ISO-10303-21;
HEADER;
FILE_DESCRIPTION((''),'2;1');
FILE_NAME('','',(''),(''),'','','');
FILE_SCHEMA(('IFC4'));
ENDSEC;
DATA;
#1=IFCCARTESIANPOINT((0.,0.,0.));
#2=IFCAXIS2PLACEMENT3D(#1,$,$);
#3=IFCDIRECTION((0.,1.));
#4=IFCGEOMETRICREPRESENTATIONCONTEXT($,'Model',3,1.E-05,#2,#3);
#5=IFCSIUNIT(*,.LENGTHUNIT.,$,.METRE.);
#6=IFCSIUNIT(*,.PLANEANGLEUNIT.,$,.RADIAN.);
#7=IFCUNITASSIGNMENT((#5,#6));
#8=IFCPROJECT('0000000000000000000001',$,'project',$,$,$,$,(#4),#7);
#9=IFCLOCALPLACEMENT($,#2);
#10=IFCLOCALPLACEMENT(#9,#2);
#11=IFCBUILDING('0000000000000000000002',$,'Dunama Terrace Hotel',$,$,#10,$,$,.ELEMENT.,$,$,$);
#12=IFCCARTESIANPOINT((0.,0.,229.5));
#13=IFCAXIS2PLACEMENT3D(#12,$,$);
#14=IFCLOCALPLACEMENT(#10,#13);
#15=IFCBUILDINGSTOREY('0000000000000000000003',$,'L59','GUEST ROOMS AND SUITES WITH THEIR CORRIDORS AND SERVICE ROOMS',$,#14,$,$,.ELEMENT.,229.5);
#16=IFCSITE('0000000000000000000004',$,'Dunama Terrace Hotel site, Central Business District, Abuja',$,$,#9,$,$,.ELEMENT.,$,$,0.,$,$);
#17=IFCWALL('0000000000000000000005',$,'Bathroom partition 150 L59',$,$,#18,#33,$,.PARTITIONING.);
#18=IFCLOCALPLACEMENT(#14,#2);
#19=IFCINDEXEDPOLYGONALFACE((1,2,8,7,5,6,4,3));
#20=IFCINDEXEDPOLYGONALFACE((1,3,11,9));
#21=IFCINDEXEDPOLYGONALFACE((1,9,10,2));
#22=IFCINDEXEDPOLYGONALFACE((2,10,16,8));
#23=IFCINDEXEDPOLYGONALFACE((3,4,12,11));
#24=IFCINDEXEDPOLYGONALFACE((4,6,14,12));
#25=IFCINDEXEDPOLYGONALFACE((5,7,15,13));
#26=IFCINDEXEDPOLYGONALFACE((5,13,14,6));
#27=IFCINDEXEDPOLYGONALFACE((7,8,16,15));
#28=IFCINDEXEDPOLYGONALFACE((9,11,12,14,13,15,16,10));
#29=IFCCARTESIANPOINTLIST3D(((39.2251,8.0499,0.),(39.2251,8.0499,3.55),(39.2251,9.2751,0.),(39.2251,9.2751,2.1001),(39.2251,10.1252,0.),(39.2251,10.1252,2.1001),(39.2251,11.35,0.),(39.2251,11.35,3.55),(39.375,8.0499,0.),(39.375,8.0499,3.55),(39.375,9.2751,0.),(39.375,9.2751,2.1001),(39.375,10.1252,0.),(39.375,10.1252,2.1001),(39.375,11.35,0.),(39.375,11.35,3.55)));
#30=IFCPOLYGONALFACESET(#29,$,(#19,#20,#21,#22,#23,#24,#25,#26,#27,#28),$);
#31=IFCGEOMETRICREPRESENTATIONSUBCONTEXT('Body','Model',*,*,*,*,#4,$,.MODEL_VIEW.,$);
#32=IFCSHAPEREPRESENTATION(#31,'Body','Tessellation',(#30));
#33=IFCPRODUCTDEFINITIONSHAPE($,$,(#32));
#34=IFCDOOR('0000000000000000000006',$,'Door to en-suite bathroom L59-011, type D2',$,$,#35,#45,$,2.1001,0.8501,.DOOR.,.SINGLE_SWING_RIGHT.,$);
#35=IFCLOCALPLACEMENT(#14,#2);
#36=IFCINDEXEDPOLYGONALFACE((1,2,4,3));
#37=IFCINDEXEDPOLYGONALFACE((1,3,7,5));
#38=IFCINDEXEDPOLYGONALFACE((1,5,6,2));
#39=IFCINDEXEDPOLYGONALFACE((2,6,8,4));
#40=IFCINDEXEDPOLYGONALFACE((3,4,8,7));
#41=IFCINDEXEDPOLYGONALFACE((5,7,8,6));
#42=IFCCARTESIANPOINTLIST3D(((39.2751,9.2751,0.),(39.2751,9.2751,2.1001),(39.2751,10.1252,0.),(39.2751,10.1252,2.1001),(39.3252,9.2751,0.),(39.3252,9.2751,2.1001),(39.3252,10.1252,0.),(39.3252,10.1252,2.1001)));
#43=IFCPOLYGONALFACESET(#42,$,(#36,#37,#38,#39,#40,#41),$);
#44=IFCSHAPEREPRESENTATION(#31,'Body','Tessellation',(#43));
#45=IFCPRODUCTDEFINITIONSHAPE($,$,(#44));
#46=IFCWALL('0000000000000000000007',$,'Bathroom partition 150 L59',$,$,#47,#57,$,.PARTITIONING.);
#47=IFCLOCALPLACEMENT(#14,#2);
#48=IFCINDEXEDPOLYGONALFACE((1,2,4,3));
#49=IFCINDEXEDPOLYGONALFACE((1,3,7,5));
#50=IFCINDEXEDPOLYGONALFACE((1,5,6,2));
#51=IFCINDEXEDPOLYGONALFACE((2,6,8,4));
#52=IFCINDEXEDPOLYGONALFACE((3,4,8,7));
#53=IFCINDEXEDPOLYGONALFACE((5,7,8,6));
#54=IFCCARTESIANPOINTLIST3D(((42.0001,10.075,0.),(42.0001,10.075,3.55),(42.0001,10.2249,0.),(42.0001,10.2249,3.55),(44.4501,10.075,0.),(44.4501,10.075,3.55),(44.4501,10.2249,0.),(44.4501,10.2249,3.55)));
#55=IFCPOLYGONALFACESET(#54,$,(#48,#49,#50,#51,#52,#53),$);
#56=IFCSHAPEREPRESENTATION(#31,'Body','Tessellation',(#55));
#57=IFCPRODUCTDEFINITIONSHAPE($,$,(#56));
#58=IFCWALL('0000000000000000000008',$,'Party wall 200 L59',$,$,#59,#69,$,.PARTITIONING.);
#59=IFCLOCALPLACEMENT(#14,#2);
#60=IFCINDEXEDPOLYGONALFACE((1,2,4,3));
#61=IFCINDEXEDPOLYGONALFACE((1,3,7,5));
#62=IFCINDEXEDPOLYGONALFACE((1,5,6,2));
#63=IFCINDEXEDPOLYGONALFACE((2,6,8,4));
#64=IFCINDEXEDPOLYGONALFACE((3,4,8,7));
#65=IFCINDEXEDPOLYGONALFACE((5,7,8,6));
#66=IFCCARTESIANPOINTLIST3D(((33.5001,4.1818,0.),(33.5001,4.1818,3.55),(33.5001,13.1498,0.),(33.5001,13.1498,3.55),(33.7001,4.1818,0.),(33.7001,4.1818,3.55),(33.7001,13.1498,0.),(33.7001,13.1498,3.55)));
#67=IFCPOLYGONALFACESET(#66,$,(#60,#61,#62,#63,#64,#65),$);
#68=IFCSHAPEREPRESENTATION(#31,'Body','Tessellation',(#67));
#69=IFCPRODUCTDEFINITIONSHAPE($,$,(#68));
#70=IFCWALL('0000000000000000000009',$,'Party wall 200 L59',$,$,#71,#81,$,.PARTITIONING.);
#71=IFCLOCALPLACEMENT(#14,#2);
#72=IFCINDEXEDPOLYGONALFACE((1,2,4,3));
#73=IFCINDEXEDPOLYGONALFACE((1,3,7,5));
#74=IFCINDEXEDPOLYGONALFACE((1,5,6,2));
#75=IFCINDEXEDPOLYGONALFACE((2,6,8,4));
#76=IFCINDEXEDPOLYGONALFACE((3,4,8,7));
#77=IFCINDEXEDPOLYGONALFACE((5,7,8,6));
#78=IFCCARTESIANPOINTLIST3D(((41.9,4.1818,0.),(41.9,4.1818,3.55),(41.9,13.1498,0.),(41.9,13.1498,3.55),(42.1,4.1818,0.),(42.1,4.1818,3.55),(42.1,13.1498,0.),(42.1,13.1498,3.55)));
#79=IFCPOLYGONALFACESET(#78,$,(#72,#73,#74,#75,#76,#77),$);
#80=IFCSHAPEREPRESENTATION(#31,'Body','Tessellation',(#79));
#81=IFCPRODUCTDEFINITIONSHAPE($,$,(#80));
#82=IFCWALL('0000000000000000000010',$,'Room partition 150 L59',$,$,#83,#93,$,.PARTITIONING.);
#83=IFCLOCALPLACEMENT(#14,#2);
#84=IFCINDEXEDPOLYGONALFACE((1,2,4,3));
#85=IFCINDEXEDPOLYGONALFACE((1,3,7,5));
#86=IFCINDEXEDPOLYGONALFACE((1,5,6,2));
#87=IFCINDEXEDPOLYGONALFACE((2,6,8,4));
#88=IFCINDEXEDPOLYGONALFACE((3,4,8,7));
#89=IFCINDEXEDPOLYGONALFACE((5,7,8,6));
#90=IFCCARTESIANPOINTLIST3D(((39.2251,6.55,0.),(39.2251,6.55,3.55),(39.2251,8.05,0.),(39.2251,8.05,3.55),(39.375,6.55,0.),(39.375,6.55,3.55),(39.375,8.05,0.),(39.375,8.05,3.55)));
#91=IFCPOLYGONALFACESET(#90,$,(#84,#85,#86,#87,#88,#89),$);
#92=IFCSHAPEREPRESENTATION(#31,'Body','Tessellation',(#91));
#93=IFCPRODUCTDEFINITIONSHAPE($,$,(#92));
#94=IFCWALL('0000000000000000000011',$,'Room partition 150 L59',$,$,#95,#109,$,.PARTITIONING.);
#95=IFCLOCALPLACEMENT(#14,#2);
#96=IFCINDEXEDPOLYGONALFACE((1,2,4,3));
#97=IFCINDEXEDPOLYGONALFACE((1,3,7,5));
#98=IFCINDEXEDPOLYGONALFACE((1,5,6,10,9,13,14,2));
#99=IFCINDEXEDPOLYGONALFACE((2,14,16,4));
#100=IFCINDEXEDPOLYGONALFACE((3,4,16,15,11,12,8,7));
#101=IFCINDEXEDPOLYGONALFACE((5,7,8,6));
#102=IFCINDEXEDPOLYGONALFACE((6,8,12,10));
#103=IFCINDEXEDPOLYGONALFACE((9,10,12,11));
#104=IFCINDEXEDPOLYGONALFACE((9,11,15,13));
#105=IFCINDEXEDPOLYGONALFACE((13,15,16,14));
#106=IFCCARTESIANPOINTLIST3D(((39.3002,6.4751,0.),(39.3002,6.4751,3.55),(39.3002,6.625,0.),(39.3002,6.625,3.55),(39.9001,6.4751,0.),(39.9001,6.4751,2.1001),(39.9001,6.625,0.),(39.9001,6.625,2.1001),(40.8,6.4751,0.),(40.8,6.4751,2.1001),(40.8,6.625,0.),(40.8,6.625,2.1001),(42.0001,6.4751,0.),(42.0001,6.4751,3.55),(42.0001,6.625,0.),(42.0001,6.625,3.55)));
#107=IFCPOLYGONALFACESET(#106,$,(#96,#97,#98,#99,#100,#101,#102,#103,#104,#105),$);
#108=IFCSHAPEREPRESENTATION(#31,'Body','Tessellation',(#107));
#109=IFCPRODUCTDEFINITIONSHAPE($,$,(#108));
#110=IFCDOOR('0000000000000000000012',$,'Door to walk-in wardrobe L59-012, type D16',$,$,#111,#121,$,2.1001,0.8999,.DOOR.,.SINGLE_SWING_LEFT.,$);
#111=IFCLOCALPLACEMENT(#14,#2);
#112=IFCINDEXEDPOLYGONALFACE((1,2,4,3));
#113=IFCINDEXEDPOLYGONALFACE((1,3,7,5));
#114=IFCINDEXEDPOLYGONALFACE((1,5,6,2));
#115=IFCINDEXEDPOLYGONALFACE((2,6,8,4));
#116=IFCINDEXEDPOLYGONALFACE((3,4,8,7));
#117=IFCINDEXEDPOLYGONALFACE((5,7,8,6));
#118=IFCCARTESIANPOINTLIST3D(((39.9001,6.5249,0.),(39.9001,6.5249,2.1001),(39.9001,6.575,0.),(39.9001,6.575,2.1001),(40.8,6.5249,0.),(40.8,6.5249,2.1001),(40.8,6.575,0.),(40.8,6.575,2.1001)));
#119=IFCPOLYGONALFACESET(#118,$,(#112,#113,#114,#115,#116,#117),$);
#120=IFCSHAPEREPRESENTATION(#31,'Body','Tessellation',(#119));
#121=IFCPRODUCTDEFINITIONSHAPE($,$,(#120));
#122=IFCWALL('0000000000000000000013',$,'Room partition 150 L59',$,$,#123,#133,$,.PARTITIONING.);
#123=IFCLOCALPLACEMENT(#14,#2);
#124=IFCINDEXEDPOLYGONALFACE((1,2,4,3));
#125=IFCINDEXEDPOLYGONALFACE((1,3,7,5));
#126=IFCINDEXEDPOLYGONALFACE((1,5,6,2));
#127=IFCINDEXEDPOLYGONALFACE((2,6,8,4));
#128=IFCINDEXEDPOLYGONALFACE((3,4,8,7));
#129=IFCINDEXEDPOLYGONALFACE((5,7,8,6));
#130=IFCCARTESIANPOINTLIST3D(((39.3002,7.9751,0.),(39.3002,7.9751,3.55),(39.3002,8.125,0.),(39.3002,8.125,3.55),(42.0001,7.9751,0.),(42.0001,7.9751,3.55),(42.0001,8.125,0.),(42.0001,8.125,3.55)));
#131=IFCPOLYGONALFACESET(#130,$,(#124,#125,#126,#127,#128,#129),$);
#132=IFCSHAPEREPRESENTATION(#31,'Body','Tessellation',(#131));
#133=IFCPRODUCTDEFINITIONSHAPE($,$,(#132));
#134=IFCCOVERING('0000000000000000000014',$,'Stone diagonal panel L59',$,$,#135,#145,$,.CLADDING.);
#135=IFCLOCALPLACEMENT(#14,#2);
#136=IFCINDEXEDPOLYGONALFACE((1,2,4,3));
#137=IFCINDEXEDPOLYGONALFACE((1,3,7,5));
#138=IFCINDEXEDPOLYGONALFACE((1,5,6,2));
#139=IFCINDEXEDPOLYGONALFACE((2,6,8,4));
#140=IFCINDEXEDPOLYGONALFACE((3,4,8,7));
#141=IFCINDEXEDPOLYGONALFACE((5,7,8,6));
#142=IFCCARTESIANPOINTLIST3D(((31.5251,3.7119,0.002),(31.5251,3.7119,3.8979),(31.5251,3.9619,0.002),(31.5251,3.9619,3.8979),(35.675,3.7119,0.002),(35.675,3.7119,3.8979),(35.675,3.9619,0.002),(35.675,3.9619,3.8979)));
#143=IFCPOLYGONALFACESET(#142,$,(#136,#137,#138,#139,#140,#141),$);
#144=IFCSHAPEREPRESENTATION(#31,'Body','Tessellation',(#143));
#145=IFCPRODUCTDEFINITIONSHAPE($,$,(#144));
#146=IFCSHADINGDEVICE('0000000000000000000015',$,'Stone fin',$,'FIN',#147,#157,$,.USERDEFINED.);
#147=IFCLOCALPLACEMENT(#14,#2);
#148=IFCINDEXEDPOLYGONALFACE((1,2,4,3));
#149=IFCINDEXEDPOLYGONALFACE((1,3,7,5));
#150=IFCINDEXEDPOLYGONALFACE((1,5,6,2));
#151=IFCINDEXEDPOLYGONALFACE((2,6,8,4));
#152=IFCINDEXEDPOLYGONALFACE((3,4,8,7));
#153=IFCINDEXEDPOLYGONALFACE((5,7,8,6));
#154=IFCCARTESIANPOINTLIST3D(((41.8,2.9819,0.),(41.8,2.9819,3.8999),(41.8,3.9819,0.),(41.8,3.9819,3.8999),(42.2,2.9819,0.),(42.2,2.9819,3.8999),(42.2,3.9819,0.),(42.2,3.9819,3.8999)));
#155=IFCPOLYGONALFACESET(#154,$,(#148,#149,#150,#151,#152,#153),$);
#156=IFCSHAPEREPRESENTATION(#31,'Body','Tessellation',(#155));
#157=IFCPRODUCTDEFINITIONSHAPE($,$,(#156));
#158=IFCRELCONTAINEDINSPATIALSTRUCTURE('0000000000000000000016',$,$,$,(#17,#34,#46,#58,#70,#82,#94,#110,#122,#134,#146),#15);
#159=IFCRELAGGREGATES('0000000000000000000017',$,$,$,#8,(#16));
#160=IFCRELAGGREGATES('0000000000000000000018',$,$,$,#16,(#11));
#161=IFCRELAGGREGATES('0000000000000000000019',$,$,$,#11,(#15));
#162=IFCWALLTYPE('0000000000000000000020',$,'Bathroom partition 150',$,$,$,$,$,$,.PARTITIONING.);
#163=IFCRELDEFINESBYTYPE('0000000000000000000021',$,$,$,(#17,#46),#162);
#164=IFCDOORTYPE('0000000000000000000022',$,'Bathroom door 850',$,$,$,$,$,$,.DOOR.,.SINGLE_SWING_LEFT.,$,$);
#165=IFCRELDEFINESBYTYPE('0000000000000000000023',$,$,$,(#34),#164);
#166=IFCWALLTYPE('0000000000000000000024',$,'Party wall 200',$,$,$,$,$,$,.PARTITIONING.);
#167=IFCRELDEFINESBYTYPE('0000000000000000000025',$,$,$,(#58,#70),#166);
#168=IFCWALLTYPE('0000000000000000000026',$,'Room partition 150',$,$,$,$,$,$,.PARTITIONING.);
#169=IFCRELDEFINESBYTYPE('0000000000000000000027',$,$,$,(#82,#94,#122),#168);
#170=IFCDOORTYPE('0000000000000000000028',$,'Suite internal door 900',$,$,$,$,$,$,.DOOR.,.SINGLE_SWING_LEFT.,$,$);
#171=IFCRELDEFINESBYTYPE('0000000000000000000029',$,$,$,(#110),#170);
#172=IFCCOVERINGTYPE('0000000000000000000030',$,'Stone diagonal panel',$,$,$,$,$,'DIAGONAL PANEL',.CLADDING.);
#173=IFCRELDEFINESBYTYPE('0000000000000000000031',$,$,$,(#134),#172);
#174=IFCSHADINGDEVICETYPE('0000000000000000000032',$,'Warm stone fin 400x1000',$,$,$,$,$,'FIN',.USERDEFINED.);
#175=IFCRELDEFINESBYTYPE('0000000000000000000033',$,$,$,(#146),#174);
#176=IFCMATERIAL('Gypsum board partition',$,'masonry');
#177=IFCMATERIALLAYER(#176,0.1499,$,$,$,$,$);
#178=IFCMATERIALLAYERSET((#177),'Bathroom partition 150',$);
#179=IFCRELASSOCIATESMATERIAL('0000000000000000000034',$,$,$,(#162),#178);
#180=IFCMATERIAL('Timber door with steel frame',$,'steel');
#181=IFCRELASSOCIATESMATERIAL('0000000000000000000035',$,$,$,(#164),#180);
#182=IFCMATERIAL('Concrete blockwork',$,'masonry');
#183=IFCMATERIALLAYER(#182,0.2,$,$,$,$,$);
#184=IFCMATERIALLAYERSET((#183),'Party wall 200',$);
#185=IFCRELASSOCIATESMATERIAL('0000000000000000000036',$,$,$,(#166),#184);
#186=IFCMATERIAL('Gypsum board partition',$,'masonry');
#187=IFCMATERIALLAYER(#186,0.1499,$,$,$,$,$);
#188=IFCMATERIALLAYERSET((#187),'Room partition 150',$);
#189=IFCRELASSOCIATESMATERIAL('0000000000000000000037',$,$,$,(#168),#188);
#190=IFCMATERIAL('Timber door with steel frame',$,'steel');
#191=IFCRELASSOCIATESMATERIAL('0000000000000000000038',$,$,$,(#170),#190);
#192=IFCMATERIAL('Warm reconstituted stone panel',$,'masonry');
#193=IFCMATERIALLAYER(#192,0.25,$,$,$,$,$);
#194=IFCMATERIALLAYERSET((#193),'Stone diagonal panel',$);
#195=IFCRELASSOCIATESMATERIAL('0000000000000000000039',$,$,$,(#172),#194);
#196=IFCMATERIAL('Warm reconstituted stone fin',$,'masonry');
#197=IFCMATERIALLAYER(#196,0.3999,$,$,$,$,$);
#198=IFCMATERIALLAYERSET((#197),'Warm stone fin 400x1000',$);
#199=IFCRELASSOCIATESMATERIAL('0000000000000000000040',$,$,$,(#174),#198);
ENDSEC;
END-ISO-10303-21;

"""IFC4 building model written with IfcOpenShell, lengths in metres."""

from ifc_helpers import new_model, si_unit, direction, frame, frame_2d, origin, origin_2d, place, context, subcontext, project, spatial, rectangle, extrude, material, layer, layer_set, type_object, element, fill, save


model = new_model("IFC4")

# Units and contexts
model_context = context("Model", 3, precision=1e-05, world=origin(), true_north=direction((0.0, 1.0)))
body_context = subcontext(model_context, "Body", "Model", "MODEL_VIEW")
ifc_project = project(units=[si_unit("LENGTHUNIT", "METRE"), si_unit("PLANEANGLEUNIT", "RADIAN")], contexts=[model_context])

# Site, building, storey
site_placement = place(None, origin())
site = spatial("IfcSite", under=ifc_project, at=site_placement, Name="Dunama Terrace Hotel site, Central Business District, Abuja", CompositionType="ELEMENT", RefElevation=0.0)
building_placement = place(site_placement, origin())
building = spatial("IfcBuilding", under=site, at=building_placement, Name="Dunama Terrace Hotel", CompositionType="ELEMENT")
storey_placement = place(building_placement, frame((0.0, 0.0, 229.5)))
storey = spatial("IfcBuildingStorey", under=building, at=storey_placement, Name="L59", Description="GUEST ROOMS AND SUITES WITH THEIR CORRIDORS AND SERVICE ROOMS", CompositionType="ELEMENT", Elevation=229.5)

# Wall, opening, door
ifc_material_1 = material(Name="Gypsum board partition", Category="masonry")
ifc_layer_1 = layer(ifc_material_1, 0.1499)
ifc_layer_set_1 = layer_set([ifc_layer_1], Name="Bathroom partition 150")
wall_type_1 = type_object("IfcWallType", Name="Bathroom partition 150", PredefinedType="PARTITIONING", material=ifc_layer_set_1)
wall_1_placement = place(storey_placement, frame((39.3, 8.05, 0.0), z_axis=(0.0, 0.0, 1.0), x_axis=(0.0, 1.0, 0.0)))
wall_1 = element("IfcWall", 1, at=wall_1_placement, inside=storey, type_object=wall_type_1, Name="Bathroom partition 150 L59", PredefinedType="PARTITIONING", context=body_context, shape_type="SweptSolid", body=[
    extrude(rectangle(XDim=3.3, YDim=0.1499, at=frame_2d((1.6499, 0.0))), origin(), (0.0, 0.0, 1.0), 3.55),
])
opening_1_placement = place(wall_1_placement, frame((1.2251, 0.0, 0.0)))
opening_1 = element("IfcOpeningElement", 2, at=opening_1_placement, cuts=wall_1, PredefinedType="OPENING", context=body_context, shape_type="SweptSolid", body=[
    extrude(rectangle(XDim=0.8501, YDim=2.1001, at=frame_2d((0.425, 1.05))), frame((0.0, 0.085, 0.0), z_axis=(0.0, -1.0, 0.0), x_axis=(1.0, 0.0, 0.0)), (0.0, 0.0, 1.0), 0.1699),
])
ifc_material_2 = material(Name="Timber door with steel frame", Category="steel")
door_type_1 = type_object("IfcDoorType", Name="Bathroom door 850", OperationType="SINGLE_SWING_LEFT", PredefinedType="DOOR", material=ifc_material_2)
door_1_placement = place(opening_1_placement, frame((0.8501, 0.0, 0.0), z_axis=(0.0, 0.0, 1.0), x_axis=(-1.0, 0.0, 0.0)))
door_1 = element("IfcDoor", 3, at=door_1_placement, inside=storey, type_object=door_type_1, Name="Door to en-suite bathroom L59-011, type D2", OperationType="SINGLE_SWING_RIGHT", OverallHeight=2.1001, OverallWidth=0.8501, PredefinedType="DOOR", context=body_context, shape_type="SweptSolid", body=[
    extrude(rectangle(XDim=0.8501, YDim=2.1001, at=frame_2d((0.425, 1.05))), frame((0.0, 0.0251, 0.0), z_axis=(0.0, -1.0, 0.0), x_axis=(1.0, 0.0, 0.0)), (0.0, 0.0, 1.0), 0.05),
])
fill(opening_1, door_1)

# Walls
wall_2_placement = place(storey_placement, frame((42.0, 10.1499, 0.0), z_axis=(0.0, 0.0, 1.0), x_axis=(1.0, 0.0, 0.0)))
element("IfcWall", 4, at=wall_2_placement, inside=storey, type_object=wall_type_1, Name="Bathroom partition 150 L59", PredefinedType="PARTITIONING", context=body_context, shape_type="SweptSolid", body=[
    extrude(rectangle(XDim=2.45, YDim=0.1499, at=frame_2d((1.2251, 0.0))), origin(), (0.0, 0.0, 1.0), 3.55),
])
ifc_material_3 = material(Name="Concrete blockwork", Category="masonry")
ifc_layer_2 = layer(ifc_material_3, 0.2)
ifc_layer_set_2 = layer_set([ifc_layer_2], Name="Party wall 200")
wall_type_2 = type_object("IfcWallType", Name="Party wall 200", PredefinedType="PARTITIONING", material=ifc_layer_set_2)
for number, where, z_axis, x_axis, name in (
    (5, (33.6001, 4.1819, 0.0), (0.0, 0.0, 1.0), (0.0, 1.0, 0.0), "Party wall 200 L59"),
    (6, (42.0, 4.1819, 0.0), (0.0, 0.0, 1.0), (0.0, 1.0, 0.0), "Party wall 200 L59"),
):
    element("IfcWall", number, at=place(storey_placement, frame(where, z_axis=z_axis, x_axis=x_axis)), inside=storey, type_object=wall_type_2, Name=name, PredefinedType="PARTITIONING", context=body_context, shape_type="SweptSolid", body=[
        extrude(rectangle(XDim=8.968, YDim=0.2, at=frame_2d((4.4839, 0.0))), origin(), (0.0, 0.0, 1.0), 3.55),
    ])
ifc_material_4 = material(Name="Gypsum board partition", Category="masonry")
ifc_layer_3 = layer(ifc_material_4, 0.1499)
ifc_layer_set_3 = layer_set([ifc_layer_3], Name="Room partition 150")
wall_type_3 = type_object("IfcWallType", Name="Room partition 150", PredefinedType="PARTITIONING", material=ifc_layer_set_3)
wall_3_placement = place(storey_placement, frame((39.3, 6.55, 0.0), z_axis=(0.0, 0.0, 1.0), x_axis=(0.0, 1.0, 0.0)))
element("IfcWall", 7, at=wall_3_placement, inside=storey, type_object=wall_type_3, Name="Room partition 150 L59", PredefinedType="PARTITIONING", context=body_context, shape_type="SweptSolid", body=[
    extrude(rectangle(XDim=1.5, YDim=0.1499, at=frame_2d((0.75, 0.0))), origin(), (0.0, 0.0, 1.0), 3.55),
])

# Wall, opening, door
wall_4_placement = place(storey_placement, frame((39.3, 6.55, 0.0), z_axis=(0.0, 0.0, 1.0), x_axis=(1.0, 0.0, 0.0)))
wall_4 = element("IfcWall", 8, at=wall_4_placement, inside=storey, type_object=wall_type_3, Name="Room partition 150 L59", PredefinedType="PARTITIONING", context=body_context, shape_type="SweptSolid", body=[
    extrude(rectangle(XDim=2.7, YDim=0.1499, at=frame_2d((1.3501, 0.0))), origin(), (0.0, 0.0, 1.0), 3.55),
])
opening_2_placement = place(wall_4_placement, frame((0.6001, 0.0, 0.0)))
opening_2 = element("IfcOpeningElement", 9, at=opening_2_placement, cuts=wall_4, PredefinedType="OPENING", context=body_context, shape_type="SweptSolid", body=[
    extrude(rectangle(XDim=0.8999, YDim=2.1001, at=frame_2d((0.45, 1.05))), frame((0.0, 0.085, 0.0), z_axis=(0.0, -1.0, 0.0), x_axis=(1.0, 0.0, 0.0)), (0.0, 0.0, 1.0), 0.1699),
])
ifc_material_5 = material(Name="Timber door with steel frame", Category="steel")
door_type_2 = type_object("IfcDoorType", Name="Suite internal door 900", OperationType="SINGLE_SWING_LEFT", PredefinedType="DOOR", material=ifc_material_5)
door_2_placement = place(opening_2_placement, origin())
door_2 = element("IfcDoor", 10, at=door_2_placement, inside=storey, type_object=door_type_2, Name="Door to walk-in wardrobe L59-012, type D16", OperationType="SINGLE_SWING_LEFT", OverallHeight=2.1001, OverallWidth=0.8999, PredefinedType="DOOR", context=body_context, shape_type="SweptSolid", body=[
    extrude(rectangle(XDim=0.8999, YDim=2.1001, at=frame_2d((0.45, 1.05))), frame((0.0, 0.0249, 0.0), z_axis=(0.0, -1.0, 0.0), x_axis=(1.0, 0.0, 0.0)), (0.0, 0.0, 1.0), 0.05),
])
fill(opening_2, door_2)

# Wall
wall_5_placement = place(storey_placement, frame((39.3, 8.05, 0.0), z_axis=(0.0, 0.0, 1.0), x_axis=(1.0, 0.0, 0.0)))
element("IfcWall", 11, at=wall_5_placement, inside=storey, type_object=wall_type_3, Name="Room partition 150 L59", PredefinedType="PARTITIONING", context=body_context, shape_type="SweptSolid", body=[
    extrude(rectangle(XDim=2.7, YDim=0.1499, at=frame_2d((1.3501, 0.0))), origin(), (0.0, 0.0, 1.0), 3.55),
])

# Covering
ifc_material_6 = material(Name="Warm reconstituted stone panel", Category="masonry")
ifc_layer_4 = layer(ifc_material_6, 0.25)
ifc_layer_set_4 = layer_set([ifc_layer_4], Name="Stone diagonal panel")
covering_type = type_object("IfcCoveringType", Name="Stone diagonal panel", ElementType="DIAGONAL PANEL", PredefinedType="CLADDING", material=ifc_layer_set_4)
covering_placement = place(storey_placement, frame((33.6001, 3.8369, 0.002), z_axis=(0.0, 0.0, 1.0), x_axis=(1.0, 0.0, 0.0)))
element("IfcCovering", 12, at=covering_placement, inside=storey, type_object=covering_type, Name="Stone diagonal panel L59", PredefinedType="CLADDING", context=body_context, shape_type="SweptSolid", body=[
    extrude(rectangle(XDim=4.1499, YDim=0.25, at=origin_2d()), origin(), (0.0, 0.0, 1.0), 3.896),
])

# Shading device
ifc_material_7 = material(Name="Warm reconstituted stone fin", Category="masonry")
ifc_layer_5 = layer(ifc_material_7, 0.3999)
ifc_layer_set_5 = layer_set([ifc_layer_5], Name="Warm stone fin 400x1000")
shading_device_type = type_object("IfcShadingDeviceType", Name="Warm stone fin 400x1000", ElementType="FIN", PredefinedType="USERDEFINED", material=ifc_layer_set_5)
shading_device_placement = place(storey_placement, frame((42.0, 3.4819, 0.0), z_axis=(0.0, 0.0, 1.0), x_axis=(1.0, 0.0, 0.0)))
element("IfcShadingDevice", 13, at=shading_device_placement, inside=storey, type_object=shading_device_type, Name="Stone fin", ObjectType="FIN", PredefinedType="USERDEFINED", context=body_context, shape_type="SweptSolid", body=[
    extrude(rectangle(XDim=0.3999, YDim=1.0, at=origin_2d()), origin(), (0.0, 0.0, 1.0), 3.8999),
])

save(model, "model.ifc")
